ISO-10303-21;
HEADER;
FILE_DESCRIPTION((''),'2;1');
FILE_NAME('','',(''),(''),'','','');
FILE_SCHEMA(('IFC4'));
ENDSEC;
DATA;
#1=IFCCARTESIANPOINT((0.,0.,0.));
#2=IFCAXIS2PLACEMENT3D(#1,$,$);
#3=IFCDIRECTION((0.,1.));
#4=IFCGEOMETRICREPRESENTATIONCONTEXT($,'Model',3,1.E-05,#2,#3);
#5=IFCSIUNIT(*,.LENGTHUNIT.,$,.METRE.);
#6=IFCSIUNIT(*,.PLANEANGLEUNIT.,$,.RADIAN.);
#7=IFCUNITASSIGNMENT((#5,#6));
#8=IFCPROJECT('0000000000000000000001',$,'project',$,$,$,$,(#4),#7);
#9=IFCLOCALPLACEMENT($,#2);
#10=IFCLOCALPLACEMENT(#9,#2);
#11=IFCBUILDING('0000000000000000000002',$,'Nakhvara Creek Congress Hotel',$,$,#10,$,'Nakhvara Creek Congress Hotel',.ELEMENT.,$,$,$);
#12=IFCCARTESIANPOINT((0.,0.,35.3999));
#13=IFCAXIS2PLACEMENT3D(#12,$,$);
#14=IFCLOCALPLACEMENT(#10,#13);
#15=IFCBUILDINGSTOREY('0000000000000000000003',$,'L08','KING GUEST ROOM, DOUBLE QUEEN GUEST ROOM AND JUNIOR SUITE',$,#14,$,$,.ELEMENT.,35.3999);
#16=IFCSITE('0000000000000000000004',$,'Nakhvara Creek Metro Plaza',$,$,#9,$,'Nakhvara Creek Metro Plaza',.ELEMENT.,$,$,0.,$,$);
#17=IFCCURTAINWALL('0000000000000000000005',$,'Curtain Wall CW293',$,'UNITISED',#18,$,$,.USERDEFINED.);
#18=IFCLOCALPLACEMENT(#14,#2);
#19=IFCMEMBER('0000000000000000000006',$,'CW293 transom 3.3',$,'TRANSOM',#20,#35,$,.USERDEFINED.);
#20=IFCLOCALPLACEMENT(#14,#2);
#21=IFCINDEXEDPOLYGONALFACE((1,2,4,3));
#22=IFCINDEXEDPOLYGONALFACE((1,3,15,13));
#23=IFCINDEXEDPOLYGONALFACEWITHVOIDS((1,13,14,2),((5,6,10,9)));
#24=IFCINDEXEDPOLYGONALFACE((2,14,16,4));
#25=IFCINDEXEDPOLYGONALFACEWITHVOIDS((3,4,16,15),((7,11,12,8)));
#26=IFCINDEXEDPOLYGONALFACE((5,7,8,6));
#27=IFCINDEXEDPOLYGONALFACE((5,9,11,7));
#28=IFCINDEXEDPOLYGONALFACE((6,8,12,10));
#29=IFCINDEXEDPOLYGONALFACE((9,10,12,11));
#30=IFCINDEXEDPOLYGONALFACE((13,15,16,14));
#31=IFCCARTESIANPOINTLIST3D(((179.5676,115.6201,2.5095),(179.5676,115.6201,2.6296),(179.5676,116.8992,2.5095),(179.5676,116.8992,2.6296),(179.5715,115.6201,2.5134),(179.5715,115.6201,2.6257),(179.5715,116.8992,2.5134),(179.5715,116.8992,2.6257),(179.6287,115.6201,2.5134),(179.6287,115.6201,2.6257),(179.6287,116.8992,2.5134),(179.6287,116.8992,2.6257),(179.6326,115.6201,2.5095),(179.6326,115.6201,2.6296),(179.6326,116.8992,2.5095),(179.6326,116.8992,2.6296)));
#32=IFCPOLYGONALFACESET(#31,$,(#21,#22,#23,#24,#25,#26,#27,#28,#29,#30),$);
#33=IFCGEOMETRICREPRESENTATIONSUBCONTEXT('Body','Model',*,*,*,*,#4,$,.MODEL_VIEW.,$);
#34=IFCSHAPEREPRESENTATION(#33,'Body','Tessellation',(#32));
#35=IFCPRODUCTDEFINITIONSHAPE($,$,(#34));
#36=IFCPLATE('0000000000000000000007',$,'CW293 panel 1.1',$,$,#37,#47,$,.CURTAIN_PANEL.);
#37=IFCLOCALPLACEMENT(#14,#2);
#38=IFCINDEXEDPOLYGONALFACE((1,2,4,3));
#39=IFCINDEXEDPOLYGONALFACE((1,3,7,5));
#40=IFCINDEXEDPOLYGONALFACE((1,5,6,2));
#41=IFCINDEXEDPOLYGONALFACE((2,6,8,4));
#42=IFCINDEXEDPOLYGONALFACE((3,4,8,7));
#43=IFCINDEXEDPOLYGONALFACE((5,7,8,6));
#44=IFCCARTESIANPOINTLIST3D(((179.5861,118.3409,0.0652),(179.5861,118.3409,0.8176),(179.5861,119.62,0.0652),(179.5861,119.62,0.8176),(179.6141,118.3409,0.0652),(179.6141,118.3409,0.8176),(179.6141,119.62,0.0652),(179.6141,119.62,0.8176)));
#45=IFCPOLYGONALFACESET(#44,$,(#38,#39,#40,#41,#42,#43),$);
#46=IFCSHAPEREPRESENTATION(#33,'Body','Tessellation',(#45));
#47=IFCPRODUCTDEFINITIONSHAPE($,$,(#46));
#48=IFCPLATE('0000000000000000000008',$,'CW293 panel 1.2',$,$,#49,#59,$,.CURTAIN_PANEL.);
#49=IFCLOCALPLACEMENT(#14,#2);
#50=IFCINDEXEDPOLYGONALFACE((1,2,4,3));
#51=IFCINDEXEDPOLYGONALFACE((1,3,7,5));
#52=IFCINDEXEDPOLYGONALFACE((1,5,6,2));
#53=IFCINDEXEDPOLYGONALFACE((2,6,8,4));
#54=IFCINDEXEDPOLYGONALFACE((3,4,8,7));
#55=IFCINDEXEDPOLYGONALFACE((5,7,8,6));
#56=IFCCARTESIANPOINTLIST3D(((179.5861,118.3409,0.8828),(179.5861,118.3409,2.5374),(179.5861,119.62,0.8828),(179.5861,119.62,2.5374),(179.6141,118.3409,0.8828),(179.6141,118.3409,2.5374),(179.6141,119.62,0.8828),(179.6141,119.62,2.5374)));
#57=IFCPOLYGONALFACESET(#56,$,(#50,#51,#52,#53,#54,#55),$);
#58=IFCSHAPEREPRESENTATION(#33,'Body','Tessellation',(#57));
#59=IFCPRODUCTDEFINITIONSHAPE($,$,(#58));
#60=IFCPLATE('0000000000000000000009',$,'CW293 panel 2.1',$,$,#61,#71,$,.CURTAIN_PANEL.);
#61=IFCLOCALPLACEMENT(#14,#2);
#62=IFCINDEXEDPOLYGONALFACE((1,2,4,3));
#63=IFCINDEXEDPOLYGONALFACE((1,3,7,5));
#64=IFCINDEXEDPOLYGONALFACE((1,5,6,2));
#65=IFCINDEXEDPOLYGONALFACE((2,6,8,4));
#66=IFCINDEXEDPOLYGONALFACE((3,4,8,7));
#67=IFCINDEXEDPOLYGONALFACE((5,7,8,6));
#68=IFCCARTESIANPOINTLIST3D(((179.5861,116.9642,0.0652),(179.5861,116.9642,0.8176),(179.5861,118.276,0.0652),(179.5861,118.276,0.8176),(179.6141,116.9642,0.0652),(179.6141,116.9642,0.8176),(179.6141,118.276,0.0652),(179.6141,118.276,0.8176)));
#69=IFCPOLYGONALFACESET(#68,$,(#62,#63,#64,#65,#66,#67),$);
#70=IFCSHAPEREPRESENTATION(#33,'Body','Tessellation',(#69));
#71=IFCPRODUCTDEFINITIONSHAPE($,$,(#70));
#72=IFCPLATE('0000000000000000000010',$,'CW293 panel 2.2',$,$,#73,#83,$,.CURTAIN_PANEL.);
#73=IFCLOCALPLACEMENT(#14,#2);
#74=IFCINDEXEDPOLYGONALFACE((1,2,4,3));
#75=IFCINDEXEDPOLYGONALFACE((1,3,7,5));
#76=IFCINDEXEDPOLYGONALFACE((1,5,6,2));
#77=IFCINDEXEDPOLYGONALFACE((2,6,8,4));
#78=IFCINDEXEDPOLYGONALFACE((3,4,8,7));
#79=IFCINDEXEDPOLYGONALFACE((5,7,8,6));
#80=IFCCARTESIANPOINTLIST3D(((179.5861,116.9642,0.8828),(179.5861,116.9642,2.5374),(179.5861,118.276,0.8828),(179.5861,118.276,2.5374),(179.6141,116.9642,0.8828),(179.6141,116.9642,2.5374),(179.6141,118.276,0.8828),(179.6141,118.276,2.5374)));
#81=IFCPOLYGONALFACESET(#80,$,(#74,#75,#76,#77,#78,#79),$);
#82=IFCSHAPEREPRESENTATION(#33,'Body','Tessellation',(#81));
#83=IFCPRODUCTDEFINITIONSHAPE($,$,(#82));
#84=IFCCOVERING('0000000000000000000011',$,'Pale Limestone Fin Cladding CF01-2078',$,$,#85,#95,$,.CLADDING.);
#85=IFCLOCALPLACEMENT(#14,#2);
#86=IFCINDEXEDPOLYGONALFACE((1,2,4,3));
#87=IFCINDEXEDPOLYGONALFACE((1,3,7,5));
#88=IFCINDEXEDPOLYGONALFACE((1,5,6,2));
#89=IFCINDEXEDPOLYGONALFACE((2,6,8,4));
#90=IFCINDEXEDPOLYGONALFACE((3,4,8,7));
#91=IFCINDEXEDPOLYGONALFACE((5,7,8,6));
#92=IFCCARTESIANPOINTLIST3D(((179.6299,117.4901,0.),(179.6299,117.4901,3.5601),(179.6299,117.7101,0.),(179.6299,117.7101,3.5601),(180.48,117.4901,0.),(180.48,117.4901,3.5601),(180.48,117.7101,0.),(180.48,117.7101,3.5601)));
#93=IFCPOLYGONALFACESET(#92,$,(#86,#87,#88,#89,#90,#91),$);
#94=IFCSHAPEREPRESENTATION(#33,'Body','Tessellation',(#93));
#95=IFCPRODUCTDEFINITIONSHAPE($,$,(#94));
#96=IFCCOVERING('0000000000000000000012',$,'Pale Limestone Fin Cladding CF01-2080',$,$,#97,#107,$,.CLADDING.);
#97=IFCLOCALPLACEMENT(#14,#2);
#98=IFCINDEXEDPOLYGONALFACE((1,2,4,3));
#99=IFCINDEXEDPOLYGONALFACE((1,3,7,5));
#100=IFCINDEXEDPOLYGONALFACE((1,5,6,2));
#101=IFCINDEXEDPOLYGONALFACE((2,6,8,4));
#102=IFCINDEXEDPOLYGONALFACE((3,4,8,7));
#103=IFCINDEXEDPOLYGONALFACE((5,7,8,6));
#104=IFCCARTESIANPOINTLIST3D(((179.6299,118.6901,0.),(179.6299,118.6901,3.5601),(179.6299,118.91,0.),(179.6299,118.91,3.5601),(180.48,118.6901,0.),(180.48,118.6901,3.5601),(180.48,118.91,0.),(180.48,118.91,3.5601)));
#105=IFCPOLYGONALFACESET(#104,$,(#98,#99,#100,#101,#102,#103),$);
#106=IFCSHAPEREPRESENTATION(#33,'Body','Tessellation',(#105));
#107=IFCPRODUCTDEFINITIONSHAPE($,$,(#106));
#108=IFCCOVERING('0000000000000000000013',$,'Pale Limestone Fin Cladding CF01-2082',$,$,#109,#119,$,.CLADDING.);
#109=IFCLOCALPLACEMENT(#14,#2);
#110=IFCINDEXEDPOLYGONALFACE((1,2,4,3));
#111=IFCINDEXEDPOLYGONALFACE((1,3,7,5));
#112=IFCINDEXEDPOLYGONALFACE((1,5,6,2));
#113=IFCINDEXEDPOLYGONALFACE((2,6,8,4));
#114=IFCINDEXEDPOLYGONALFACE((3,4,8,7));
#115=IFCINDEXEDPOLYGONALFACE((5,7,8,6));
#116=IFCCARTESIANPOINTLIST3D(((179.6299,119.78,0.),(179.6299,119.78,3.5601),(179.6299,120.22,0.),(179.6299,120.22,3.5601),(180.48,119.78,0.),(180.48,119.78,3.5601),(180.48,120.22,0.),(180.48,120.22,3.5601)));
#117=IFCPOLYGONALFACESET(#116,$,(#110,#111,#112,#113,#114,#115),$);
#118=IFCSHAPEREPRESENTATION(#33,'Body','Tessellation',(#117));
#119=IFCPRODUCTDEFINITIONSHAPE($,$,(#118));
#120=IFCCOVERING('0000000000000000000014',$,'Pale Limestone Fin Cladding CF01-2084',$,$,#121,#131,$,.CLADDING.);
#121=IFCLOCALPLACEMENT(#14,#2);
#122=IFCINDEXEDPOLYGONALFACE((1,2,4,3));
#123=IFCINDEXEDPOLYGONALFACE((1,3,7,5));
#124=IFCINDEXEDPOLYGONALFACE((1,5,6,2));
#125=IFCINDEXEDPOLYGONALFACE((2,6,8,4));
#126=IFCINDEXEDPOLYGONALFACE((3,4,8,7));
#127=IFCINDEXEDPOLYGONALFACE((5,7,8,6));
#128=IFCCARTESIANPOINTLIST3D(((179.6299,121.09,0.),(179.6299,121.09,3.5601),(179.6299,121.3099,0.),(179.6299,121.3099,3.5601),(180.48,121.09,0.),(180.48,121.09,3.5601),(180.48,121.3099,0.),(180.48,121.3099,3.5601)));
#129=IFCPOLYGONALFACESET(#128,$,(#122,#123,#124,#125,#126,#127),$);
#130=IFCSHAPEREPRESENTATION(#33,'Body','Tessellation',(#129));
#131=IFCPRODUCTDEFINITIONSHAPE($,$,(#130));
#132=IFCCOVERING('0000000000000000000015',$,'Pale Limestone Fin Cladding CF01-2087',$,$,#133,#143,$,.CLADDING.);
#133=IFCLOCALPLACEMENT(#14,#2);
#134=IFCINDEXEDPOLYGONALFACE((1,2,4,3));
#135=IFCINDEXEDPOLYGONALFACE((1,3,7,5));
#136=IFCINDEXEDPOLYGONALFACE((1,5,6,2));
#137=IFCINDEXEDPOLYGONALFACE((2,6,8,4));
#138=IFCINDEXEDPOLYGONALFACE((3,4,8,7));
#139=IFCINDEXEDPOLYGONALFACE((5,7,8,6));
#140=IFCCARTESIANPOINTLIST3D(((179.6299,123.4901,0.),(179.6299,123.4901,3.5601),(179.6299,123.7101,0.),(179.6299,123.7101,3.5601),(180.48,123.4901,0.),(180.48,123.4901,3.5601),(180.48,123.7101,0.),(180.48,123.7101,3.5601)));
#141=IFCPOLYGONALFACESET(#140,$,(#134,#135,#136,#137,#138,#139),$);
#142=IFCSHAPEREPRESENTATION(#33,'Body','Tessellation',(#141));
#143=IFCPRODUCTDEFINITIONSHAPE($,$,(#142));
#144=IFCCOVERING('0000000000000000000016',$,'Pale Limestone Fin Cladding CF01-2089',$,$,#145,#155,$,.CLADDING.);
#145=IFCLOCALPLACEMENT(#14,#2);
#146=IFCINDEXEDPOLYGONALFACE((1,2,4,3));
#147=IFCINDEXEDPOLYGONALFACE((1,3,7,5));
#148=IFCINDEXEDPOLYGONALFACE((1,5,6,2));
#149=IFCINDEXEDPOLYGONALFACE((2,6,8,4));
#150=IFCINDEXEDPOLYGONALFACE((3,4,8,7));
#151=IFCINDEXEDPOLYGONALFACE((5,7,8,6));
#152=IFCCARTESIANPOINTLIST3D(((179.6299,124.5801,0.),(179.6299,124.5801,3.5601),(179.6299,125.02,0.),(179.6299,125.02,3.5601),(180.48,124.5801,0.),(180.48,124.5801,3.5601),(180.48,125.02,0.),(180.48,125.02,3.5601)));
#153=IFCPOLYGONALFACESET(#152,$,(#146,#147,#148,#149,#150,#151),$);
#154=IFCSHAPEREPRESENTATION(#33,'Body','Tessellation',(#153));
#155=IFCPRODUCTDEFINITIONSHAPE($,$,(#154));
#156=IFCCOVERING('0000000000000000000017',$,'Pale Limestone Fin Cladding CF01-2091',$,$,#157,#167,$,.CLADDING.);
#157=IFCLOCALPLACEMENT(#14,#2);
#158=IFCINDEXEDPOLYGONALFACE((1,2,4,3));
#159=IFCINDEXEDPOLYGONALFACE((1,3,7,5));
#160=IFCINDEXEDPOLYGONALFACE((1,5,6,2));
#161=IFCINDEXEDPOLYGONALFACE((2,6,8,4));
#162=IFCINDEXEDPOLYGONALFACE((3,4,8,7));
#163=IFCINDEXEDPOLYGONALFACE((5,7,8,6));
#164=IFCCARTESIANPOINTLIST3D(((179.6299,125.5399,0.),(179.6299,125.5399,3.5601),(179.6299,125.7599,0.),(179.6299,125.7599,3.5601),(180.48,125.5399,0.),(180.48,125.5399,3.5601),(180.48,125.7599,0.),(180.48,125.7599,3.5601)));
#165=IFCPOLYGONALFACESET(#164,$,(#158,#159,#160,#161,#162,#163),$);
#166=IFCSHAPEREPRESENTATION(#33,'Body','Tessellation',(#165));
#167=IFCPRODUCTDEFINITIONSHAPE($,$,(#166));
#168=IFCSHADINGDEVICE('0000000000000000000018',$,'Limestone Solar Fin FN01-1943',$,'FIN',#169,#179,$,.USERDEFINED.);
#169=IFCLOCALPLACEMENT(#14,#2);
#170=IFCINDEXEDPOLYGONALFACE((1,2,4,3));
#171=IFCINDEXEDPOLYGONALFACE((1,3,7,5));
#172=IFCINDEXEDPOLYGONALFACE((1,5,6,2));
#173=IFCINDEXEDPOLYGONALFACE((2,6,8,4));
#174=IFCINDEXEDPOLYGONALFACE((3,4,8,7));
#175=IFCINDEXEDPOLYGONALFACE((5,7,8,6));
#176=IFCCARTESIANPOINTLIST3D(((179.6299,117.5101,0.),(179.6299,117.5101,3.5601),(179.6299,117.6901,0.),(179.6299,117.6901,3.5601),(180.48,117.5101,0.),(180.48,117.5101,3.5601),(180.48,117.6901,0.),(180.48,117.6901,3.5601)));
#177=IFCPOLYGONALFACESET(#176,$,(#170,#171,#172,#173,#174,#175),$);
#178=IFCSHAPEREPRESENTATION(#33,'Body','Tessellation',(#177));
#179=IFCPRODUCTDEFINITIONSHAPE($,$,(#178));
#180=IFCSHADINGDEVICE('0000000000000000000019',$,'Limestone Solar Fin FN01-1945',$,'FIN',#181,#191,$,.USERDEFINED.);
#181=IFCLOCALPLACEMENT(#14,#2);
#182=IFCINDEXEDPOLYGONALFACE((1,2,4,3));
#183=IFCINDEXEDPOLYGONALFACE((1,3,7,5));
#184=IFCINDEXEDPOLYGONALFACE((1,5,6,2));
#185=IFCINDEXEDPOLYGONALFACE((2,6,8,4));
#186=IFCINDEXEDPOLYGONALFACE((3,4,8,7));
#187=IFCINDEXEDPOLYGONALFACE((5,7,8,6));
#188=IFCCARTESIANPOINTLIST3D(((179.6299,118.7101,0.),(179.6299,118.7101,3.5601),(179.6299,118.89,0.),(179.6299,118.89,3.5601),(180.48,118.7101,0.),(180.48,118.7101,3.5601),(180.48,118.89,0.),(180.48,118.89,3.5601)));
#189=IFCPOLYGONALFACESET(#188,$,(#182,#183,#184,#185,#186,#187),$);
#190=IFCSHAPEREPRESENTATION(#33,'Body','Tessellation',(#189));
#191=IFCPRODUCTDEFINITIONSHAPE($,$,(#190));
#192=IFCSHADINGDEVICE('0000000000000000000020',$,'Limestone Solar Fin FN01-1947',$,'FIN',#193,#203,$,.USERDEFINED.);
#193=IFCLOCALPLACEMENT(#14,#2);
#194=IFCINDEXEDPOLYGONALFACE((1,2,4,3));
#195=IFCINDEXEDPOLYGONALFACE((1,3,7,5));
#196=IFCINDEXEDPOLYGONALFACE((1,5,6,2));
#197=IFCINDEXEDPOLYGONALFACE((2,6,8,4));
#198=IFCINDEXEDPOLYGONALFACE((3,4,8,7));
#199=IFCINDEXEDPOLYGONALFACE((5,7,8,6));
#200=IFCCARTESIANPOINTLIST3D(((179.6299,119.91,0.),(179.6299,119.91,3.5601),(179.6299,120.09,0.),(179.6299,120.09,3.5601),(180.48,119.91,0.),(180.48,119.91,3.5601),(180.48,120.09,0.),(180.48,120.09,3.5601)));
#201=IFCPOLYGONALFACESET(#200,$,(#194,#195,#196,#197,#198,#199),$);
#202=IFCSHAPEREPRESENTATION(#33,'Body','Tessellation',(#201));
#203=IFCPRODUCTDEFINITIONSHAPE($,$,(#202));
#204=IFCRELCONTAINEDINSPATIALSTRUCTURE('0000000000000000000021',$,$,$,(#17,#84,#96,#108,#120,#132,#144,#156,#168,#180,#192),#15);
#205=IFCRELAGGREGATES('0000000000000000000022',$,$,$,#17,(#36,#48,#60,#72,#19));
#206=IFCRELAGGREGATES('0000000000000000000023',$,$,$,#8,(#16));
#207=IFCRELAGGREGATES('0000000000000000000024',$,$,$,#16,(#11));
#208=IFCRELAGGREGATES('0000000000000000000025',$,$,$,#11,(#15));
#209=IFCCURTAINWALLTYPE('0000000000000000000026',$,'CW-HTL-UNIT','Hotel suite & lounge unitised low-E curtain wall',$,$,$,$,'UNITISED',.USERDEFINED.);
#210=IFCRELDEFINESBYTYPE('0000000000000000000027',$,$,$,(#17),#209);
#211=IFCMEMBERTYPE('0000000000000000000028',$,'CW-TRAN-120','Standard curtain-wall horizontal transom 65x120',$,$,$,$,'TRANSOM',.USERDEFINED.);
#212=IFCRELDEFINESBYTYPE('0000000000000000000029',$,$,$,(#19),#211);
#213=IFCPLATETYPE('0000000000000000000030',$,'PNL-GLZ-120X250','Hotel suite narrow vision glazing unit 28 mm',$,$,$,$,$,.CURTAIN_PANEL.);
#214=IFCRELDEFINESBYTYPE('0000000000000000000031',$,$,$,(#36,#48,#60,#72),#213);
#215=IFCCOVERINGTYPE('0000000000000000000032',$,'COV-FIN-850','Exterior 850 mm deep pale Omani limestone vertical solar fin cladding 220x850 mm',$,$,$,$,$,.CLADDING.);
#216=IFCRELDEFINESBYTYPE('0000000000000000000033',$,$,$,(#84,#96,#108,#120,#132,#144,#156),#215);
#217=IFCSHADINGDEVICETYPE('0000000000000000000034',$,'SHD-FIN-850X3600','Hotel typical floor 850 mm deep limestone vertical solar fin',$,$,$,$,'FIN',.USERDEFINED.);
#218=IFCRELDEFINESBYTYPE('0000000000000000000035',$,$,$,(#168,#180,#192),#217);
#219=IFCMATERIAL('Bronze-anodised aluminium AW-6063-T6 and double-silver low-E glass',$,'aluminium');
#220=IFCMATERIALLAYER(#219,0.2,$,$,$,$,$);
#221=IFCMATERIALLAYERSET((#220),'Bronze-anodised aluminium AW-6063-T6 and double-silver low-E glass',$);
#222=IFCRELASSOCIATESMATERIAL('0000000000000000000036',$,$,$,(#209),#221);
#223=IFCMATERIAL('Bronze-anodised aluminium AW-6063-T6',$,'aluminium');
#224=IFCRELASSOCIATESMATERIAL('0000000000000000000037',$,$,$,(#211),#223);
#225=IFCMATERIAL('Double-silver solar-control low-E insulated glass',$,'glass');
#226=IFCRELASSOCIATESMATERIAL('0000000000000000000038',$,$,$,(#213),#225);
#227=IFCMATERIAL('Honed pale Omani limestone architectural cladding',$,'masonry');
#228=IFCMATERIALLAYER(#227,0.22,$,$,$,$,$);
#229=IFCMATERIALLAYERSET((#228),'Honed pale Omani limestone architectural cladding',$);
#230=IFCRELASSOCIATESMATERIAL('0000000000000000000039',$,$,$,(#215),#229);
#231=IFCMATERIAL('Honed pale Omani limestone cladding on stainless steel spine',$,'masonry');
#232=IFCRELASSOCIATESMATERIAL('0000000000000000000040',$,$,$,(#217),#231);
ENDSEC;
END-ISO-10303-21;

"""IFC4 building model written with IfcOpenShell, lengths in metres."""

from ifc_helpers import new_model, si_unit, direction, frame, origin, origin_2d, place, context, subcontext, project, spatial, rectangle, hollow_rectangle, extrude, material, layer, layer_set, material_profile, profile_set, type_object, element, aggregate, save


model = new_model("IFC4")

# Units and contexts
model_context = context("Model", 3, precision=1e-05, world=origin(), true_north=direction((0.0, 1.0)))
body_context = subcontext(model_context, "Body", "Model", "MODEL_VIEW")
ifc_project = project(units=[si_unit("LENGTHUNIT", "METRE"), si_unit("PLANEANGLEUNIT", "RADIAN")], contexts=[model_context])

# Site, building, storey
site_placement = place(None, origin())
site = spatial("IfcSite", under=ifc_project, at=site_placement, Name="Nakhvara Creek Metro Plaza", LongName="Nakhvara Creek Metro Plaza", CompositionType="ELEMENT", RefElevation=0.0)
building_placement = place(site_placement, origin())
building = spatial("IfcBuilding", under=site, at=building_placement, Name="Nakhvara Creek Congress Hotel", LongName="Nakhvara Creek Congress Hotel", CompositionType="ELEMENT")
storey_placement = place(building_placement, frame((0.0, 0.0, 35.3999)))
storey = spatial("IfcBuildingStorey", under=building, at=storey_placement, Name="L08", Description="KING GUEST ROOM, DOUBLE QUEEN GUEST ROOM AND JUNIOR SUITE", CompositionType="ELEMENT", Elevation=35.3999)

# Curtain wall, member, plates
ifc_material_1 = material(Name="Bronze-anodised aluminium AW-6063-T6 and double-silver low-E glass", Category="aluminium")
ifc_layer_1 = layer(ifc_material_1, 0.2)
ifc_layer_set_1 = layer_set([ifc_layer_1], Name="Bronze-anodised aluminium AW-6063-T6 and double-silver low-E glass")
curtain_wall_type = type_object("IfcCurtainWallType", Name="CW-HTL-UNIT", Description="Hotel suite & lounge unitised low-E curtain wall", ElementType="UNITISED", PredefinedType="USERDEFINED", material=ifc_layer_set_1)
curtain_wall_placement = place(storey_placement, origin())
curtain_wall = element("IfcCurtainWall", 1, at=curtain_wall_placement, inside=storey, type_object=curtain_wall_type, Name="Curtain Wall CW293", ObjectType="UNITISED", PredefinedType="USERDEFINED")
ifc_material_2 = material(Name="Bronze-anodised aluminium AW-6063-T6", Category="aluminium")
ifc_material_profile_1 = material_profile(ifc_material_2, hollow_rectangle(XDim=0.0649, YDim=0.1201, WallThickness=0.0039, at=origin_2d()), Name="ALU-TRAN 65x120x4", Category="LoadBearing")
ifc_profile_set_1 = profile_set([ifc_material_profile_1], Name="Bronze-anodised aluminium AW-6063-T6")
member_type_1 = type_object("IfcMemberType", Name="CW-TRAN-120", Description="Standard curtain-wall horizontal transom 65x120", ElementType="TRANSOM", PredefinedType="USERDEFINED", material=ifc_profile_set_1)
member_1_placement = place(storey_placement, frame((179.6001, 116.8992, 2.5696), z_axis=(0.0, -1.0, 0.0), x_axis=(1.0, 0.0, 0.0)))
member_1 = element("IfcMember", 2, at=member_1_placement, type_object=member_type_1, Name="CW293 transom 3.3", ObjectType="TRANSOM", PredefinedType="USERDEFINED", context=body_context, shape_type="SweptSolid", body=[
    extrude(hollow_rectangle(XDim=0.0649, YDim=0.1201, WallThickness=0.0039, at=origin_2d()), origin(), (0.0, 0.0, 1.0), 1.2791),
])
ifc_material_3 = material(Name="Double-silver solar-control low-E insulated glass", Category="glass")
plate_type = type_object("IfcPlateType", Name="PNL-GLZ-120X250", Description="Hotel suite narrow vision glazing unit 28 mm", PredefinedType="CURTAIN_PANEL", material=ifc_material_3)
plate_1_placement = place(storey_placement, frame((179.6001, 118.9805, 0.0652), z_axis=(0.0, 0.0, 1.0), x_axis=(0.0, -1.0, 0.0)))
plate_1 = element("IfcPlate", 3, at=plate_1_placement, type_object=plate_type, Name="CW293 panel 1.1", PredefinedType="CURTAIN_PANEL", context=body_context, shape_type="SweptSolid", body=[
    extrude(rectangle(XDim=1.2791, YDim=0.0281, at=origin_2d()), origin(), (0.0, 0.0, 1.0), 0.7524),
])
plate_2_placement = place(storey_placement, frame((179.6001, 118.9805, 0.8828), z_axis=(0.0, 0.0, 1.0), x_axis=(0.0, -1.0, 0.0)))
plate_2 = element("IfcPlate", 4, at=plate_2_placement, type_object=plate_type, Name="CW293 panel 1.2", PredefinedType="CURTAIN_PANEL", context=body_context, shape_type="SweptSolid", body=[
    extrude(rectangle(XDim=1.2791, YDim=0.0281, at=origin_2d()), origin(), (0.0, 0.0, 1.0), 1.6545),
])
plate_3_placement = place(storey_placement, frame((179.6001, 117.6201, 0.0652), z_axis=(0.0, 0.0, 1.0), x_axis=(0.0, -1.0, 0.0)))
plate_3 = element("IfcPlate", 5, at=plate_3_placement, type_object=plate_type, Name="CW293 panel 2.1", PredefinedType="CURTAIN_PANEL", context=body_context, shape_type="SweptSolid", body=[
    extrude(rectangle(XDim=1.3118, YDim=0.0281, at=origin_2d()), origin(), (0.0, 0.0, 1.0), 0.7524),
])
plate_4_placement = place(storey_placement, frame((179.6001, 117.6201, 0.8828), z_axis=(0.0, 0.0, 1.0), x_axis=(0.0, -1.0, 0.0)))
plate_4 = element("IfcPlate", 6, at=plate_4_placement, type_object=plate_type, Name="CW293 panel 2.2", PredefinedType="CURTAIN_PANEL", context=body_context, shape_type="SweptSolid", body=[
    extrude(rectangle(XDim=1.3118, YDim=0.0281, at=origin_2d()), origin(), (0.0, 0.0, 1.0), 1.6545),
])
aggregate(curtain_wall, [plate_1, plate_2, plate_3, plate_4, member_1])

# Coverings
ifc_material_4 = material(Name="Honed pale Omani limestone architectural cladding", Category="masonry")
ifc_layer_2 = layer(ifc_material_4, 0.22)
ifc_layer_set_2 = layer_set([ifc_layer_2], Name="Honed pale Omani limestone architectural cladding")
covering_type = type_object("IfcCoveringType", Name="COV-FIN-850", Description="Exterior 850 mm deep pale Omani limestone vertical solar fin cladding 220x850 mm", PredefinedType="CLADDING", material=ifc_layer_set_2)
for number, where, z_axis, x_axis, name in (
    (7, (180.0549, 117.6001, 0.0), (0.0, 0.0, 1.0), (0.0, 1.0, 0.0), "Pale Limestone Fin Cladding CF01-2078"),
    (8, (180.0549, 118.8, 0.0), (0.0, 0.0, 1.0), (0.0, 1.0, 0.0), "Pale Limestone Fin Cladding CF01-2080"),
):
    element("IfcCovering", number, at=place(storey_placement, frame(where, z_axis=z_axis, x_axis=x_axis)), inside=storey, type_object=covering_type, Name=name, PredefinedType="CLADDING", context=body_context, shape_type="SweptSolid", body=[
        extrude(rectangle(XDim=0.22, YDim=0.8501, at=origin_2d()), origin(), (0.0, 0.0, 1.0), 3.5601),
    ])
covering_1_placement = place(storey_placement, frame((180.0549, 120.0, 0.0), z_axis=(0.0, 0.0, 1.0), x_axis=(0.0, 1.0, 0.0)))
element("IfcCovering", 9, at=covering_1_placement, inside=storey, type_object=covering_type, Name="Pale Limestone Fin Cladding CF01-2082", PredefinedType="CLADDING", context=body_context, shape_type="SweptSolid", body=[
    extrude(rectangle(XDim=0.4399, YDim=0.8501, at=origin_2d()), origin(), (0.0, 0.0, 1.0), 3.5601),
])
for number, where, z_axis, x_axis, name in (
    (10, (180.0549, 121.2, 0.0), (0.0, 0.0, 1.0), (0.0, 1.0, 0.0), "Pale Limestone Fin Cladding CF01-2084"),
    (11, (180.0549, 123.6001, 0.0), (0.0, 0.0, 1.0), (0.0, 1.0, 0.0), "Pale Limestone Fin Cladding CF01-2087"),
):
    element("IfcCovering", number, at=place(storey_placement, frame(where, z_axis=z_axis, x_axis=x_axis)), inside=storey, type_object=covering_type, Name=name, PredefinedType="CLADDING", context=body_context, shape_type="SweptSolid", body=[
        extrude(rectangle(XDim=0.22, YDim=0.8501, at=origin_2d()), origin(), (0.0, 0.0, 1.0), 3.5601),
    ])
covering_2_placement = place(storey_placement, frame((180.0549, 124.8, 0.0), z_axis=(0.0, 0.0, 1.0), x_axis=(0.0, 1.0, 0.0)))
element("IfcCovering", 12, at=covering_2_placement, inside=storey, type_object=covering_type, Name="Pale Limestone Fin Cladding CF01-2089", PredefinedType="CLADDING", context=body_context, shape_type="SweptSolid", body=[
    extrude(rectangle(XDim=0.4399, YDim=0.8501, at=origin_2d()), origin(), (0.0, 0.0, 1.0), 3.5601),
])
covering_3_placement = place(storey_placement, frame((180.0549, 125.6499, 0.0), z_axis=(0.0, 0.0, 1.0), x_axis=(0.0, 1.0, 0.0)))
element("IfcCovering", 13, at=covering_3_placement, inside=storey, type_object=covering_type, Name="Pale Limestone Fin Cladding CF01-2091", PredefinedType="CLADDING", context=body_context, shape_type="SweptSolid", body=[
    extrude(rectangle(XDim=0.22, YDim=0.8501, at=origin_2d()), origin(), (0.0, 0.0, 1.0), 3.5601),
])

# Shading devices
ifc_material_5 = material(Name="Honed pale Omani limestone cladding on stainless steel spine", Category="masonry")
shading_device_type = type_object("IfcShadingDeviceType", Name="SHD-FIN-850X3600", Description="Hotel typical floor 850 mm deep limestone vertical solar fin", ElementType="FIN", PredefinedType="USERDEFINED", material=ifc_material_5)
for number, where, z_axis, x_axis, name in (
    (14, (180.0549, 117.6001, 0.0), (0.0, 0.0, 1.0), (0.0, 1.0, 0.0), "Limestone Solar Fin FN01-1943"),
    (15, (180.0549, 118.8, 0.0), (0.0, 0.0, 1.0), (0.0, 1.0, 0.0), "Limestone Solar Fin FN01-1945"),
    (16, (180.0549, 120.0, 0.0), (0.0, 0.0, 1.0), (0.0, 1.0, 0.0), "Limestone Solar Fin FN01-1947"),
):
    element("IfcShadingDevice", number, at=place(storey_placement, frame(where, z_axis=z_axis, x_axis=x_axis)), inside=storey, type_object=shading_device_type, Name=name, ObjectType="FIN", PredefinedType="USERDEFINED", context=body_context, shape_type="SweptSolid", body=[
        extrude(rectangle(XDim=0.1799, YDim=0.8501, at=origin_2d()), origin(), (0.0, 0.0, 1.0), 3.5601),
    ])

save(model, "model.ifc")
